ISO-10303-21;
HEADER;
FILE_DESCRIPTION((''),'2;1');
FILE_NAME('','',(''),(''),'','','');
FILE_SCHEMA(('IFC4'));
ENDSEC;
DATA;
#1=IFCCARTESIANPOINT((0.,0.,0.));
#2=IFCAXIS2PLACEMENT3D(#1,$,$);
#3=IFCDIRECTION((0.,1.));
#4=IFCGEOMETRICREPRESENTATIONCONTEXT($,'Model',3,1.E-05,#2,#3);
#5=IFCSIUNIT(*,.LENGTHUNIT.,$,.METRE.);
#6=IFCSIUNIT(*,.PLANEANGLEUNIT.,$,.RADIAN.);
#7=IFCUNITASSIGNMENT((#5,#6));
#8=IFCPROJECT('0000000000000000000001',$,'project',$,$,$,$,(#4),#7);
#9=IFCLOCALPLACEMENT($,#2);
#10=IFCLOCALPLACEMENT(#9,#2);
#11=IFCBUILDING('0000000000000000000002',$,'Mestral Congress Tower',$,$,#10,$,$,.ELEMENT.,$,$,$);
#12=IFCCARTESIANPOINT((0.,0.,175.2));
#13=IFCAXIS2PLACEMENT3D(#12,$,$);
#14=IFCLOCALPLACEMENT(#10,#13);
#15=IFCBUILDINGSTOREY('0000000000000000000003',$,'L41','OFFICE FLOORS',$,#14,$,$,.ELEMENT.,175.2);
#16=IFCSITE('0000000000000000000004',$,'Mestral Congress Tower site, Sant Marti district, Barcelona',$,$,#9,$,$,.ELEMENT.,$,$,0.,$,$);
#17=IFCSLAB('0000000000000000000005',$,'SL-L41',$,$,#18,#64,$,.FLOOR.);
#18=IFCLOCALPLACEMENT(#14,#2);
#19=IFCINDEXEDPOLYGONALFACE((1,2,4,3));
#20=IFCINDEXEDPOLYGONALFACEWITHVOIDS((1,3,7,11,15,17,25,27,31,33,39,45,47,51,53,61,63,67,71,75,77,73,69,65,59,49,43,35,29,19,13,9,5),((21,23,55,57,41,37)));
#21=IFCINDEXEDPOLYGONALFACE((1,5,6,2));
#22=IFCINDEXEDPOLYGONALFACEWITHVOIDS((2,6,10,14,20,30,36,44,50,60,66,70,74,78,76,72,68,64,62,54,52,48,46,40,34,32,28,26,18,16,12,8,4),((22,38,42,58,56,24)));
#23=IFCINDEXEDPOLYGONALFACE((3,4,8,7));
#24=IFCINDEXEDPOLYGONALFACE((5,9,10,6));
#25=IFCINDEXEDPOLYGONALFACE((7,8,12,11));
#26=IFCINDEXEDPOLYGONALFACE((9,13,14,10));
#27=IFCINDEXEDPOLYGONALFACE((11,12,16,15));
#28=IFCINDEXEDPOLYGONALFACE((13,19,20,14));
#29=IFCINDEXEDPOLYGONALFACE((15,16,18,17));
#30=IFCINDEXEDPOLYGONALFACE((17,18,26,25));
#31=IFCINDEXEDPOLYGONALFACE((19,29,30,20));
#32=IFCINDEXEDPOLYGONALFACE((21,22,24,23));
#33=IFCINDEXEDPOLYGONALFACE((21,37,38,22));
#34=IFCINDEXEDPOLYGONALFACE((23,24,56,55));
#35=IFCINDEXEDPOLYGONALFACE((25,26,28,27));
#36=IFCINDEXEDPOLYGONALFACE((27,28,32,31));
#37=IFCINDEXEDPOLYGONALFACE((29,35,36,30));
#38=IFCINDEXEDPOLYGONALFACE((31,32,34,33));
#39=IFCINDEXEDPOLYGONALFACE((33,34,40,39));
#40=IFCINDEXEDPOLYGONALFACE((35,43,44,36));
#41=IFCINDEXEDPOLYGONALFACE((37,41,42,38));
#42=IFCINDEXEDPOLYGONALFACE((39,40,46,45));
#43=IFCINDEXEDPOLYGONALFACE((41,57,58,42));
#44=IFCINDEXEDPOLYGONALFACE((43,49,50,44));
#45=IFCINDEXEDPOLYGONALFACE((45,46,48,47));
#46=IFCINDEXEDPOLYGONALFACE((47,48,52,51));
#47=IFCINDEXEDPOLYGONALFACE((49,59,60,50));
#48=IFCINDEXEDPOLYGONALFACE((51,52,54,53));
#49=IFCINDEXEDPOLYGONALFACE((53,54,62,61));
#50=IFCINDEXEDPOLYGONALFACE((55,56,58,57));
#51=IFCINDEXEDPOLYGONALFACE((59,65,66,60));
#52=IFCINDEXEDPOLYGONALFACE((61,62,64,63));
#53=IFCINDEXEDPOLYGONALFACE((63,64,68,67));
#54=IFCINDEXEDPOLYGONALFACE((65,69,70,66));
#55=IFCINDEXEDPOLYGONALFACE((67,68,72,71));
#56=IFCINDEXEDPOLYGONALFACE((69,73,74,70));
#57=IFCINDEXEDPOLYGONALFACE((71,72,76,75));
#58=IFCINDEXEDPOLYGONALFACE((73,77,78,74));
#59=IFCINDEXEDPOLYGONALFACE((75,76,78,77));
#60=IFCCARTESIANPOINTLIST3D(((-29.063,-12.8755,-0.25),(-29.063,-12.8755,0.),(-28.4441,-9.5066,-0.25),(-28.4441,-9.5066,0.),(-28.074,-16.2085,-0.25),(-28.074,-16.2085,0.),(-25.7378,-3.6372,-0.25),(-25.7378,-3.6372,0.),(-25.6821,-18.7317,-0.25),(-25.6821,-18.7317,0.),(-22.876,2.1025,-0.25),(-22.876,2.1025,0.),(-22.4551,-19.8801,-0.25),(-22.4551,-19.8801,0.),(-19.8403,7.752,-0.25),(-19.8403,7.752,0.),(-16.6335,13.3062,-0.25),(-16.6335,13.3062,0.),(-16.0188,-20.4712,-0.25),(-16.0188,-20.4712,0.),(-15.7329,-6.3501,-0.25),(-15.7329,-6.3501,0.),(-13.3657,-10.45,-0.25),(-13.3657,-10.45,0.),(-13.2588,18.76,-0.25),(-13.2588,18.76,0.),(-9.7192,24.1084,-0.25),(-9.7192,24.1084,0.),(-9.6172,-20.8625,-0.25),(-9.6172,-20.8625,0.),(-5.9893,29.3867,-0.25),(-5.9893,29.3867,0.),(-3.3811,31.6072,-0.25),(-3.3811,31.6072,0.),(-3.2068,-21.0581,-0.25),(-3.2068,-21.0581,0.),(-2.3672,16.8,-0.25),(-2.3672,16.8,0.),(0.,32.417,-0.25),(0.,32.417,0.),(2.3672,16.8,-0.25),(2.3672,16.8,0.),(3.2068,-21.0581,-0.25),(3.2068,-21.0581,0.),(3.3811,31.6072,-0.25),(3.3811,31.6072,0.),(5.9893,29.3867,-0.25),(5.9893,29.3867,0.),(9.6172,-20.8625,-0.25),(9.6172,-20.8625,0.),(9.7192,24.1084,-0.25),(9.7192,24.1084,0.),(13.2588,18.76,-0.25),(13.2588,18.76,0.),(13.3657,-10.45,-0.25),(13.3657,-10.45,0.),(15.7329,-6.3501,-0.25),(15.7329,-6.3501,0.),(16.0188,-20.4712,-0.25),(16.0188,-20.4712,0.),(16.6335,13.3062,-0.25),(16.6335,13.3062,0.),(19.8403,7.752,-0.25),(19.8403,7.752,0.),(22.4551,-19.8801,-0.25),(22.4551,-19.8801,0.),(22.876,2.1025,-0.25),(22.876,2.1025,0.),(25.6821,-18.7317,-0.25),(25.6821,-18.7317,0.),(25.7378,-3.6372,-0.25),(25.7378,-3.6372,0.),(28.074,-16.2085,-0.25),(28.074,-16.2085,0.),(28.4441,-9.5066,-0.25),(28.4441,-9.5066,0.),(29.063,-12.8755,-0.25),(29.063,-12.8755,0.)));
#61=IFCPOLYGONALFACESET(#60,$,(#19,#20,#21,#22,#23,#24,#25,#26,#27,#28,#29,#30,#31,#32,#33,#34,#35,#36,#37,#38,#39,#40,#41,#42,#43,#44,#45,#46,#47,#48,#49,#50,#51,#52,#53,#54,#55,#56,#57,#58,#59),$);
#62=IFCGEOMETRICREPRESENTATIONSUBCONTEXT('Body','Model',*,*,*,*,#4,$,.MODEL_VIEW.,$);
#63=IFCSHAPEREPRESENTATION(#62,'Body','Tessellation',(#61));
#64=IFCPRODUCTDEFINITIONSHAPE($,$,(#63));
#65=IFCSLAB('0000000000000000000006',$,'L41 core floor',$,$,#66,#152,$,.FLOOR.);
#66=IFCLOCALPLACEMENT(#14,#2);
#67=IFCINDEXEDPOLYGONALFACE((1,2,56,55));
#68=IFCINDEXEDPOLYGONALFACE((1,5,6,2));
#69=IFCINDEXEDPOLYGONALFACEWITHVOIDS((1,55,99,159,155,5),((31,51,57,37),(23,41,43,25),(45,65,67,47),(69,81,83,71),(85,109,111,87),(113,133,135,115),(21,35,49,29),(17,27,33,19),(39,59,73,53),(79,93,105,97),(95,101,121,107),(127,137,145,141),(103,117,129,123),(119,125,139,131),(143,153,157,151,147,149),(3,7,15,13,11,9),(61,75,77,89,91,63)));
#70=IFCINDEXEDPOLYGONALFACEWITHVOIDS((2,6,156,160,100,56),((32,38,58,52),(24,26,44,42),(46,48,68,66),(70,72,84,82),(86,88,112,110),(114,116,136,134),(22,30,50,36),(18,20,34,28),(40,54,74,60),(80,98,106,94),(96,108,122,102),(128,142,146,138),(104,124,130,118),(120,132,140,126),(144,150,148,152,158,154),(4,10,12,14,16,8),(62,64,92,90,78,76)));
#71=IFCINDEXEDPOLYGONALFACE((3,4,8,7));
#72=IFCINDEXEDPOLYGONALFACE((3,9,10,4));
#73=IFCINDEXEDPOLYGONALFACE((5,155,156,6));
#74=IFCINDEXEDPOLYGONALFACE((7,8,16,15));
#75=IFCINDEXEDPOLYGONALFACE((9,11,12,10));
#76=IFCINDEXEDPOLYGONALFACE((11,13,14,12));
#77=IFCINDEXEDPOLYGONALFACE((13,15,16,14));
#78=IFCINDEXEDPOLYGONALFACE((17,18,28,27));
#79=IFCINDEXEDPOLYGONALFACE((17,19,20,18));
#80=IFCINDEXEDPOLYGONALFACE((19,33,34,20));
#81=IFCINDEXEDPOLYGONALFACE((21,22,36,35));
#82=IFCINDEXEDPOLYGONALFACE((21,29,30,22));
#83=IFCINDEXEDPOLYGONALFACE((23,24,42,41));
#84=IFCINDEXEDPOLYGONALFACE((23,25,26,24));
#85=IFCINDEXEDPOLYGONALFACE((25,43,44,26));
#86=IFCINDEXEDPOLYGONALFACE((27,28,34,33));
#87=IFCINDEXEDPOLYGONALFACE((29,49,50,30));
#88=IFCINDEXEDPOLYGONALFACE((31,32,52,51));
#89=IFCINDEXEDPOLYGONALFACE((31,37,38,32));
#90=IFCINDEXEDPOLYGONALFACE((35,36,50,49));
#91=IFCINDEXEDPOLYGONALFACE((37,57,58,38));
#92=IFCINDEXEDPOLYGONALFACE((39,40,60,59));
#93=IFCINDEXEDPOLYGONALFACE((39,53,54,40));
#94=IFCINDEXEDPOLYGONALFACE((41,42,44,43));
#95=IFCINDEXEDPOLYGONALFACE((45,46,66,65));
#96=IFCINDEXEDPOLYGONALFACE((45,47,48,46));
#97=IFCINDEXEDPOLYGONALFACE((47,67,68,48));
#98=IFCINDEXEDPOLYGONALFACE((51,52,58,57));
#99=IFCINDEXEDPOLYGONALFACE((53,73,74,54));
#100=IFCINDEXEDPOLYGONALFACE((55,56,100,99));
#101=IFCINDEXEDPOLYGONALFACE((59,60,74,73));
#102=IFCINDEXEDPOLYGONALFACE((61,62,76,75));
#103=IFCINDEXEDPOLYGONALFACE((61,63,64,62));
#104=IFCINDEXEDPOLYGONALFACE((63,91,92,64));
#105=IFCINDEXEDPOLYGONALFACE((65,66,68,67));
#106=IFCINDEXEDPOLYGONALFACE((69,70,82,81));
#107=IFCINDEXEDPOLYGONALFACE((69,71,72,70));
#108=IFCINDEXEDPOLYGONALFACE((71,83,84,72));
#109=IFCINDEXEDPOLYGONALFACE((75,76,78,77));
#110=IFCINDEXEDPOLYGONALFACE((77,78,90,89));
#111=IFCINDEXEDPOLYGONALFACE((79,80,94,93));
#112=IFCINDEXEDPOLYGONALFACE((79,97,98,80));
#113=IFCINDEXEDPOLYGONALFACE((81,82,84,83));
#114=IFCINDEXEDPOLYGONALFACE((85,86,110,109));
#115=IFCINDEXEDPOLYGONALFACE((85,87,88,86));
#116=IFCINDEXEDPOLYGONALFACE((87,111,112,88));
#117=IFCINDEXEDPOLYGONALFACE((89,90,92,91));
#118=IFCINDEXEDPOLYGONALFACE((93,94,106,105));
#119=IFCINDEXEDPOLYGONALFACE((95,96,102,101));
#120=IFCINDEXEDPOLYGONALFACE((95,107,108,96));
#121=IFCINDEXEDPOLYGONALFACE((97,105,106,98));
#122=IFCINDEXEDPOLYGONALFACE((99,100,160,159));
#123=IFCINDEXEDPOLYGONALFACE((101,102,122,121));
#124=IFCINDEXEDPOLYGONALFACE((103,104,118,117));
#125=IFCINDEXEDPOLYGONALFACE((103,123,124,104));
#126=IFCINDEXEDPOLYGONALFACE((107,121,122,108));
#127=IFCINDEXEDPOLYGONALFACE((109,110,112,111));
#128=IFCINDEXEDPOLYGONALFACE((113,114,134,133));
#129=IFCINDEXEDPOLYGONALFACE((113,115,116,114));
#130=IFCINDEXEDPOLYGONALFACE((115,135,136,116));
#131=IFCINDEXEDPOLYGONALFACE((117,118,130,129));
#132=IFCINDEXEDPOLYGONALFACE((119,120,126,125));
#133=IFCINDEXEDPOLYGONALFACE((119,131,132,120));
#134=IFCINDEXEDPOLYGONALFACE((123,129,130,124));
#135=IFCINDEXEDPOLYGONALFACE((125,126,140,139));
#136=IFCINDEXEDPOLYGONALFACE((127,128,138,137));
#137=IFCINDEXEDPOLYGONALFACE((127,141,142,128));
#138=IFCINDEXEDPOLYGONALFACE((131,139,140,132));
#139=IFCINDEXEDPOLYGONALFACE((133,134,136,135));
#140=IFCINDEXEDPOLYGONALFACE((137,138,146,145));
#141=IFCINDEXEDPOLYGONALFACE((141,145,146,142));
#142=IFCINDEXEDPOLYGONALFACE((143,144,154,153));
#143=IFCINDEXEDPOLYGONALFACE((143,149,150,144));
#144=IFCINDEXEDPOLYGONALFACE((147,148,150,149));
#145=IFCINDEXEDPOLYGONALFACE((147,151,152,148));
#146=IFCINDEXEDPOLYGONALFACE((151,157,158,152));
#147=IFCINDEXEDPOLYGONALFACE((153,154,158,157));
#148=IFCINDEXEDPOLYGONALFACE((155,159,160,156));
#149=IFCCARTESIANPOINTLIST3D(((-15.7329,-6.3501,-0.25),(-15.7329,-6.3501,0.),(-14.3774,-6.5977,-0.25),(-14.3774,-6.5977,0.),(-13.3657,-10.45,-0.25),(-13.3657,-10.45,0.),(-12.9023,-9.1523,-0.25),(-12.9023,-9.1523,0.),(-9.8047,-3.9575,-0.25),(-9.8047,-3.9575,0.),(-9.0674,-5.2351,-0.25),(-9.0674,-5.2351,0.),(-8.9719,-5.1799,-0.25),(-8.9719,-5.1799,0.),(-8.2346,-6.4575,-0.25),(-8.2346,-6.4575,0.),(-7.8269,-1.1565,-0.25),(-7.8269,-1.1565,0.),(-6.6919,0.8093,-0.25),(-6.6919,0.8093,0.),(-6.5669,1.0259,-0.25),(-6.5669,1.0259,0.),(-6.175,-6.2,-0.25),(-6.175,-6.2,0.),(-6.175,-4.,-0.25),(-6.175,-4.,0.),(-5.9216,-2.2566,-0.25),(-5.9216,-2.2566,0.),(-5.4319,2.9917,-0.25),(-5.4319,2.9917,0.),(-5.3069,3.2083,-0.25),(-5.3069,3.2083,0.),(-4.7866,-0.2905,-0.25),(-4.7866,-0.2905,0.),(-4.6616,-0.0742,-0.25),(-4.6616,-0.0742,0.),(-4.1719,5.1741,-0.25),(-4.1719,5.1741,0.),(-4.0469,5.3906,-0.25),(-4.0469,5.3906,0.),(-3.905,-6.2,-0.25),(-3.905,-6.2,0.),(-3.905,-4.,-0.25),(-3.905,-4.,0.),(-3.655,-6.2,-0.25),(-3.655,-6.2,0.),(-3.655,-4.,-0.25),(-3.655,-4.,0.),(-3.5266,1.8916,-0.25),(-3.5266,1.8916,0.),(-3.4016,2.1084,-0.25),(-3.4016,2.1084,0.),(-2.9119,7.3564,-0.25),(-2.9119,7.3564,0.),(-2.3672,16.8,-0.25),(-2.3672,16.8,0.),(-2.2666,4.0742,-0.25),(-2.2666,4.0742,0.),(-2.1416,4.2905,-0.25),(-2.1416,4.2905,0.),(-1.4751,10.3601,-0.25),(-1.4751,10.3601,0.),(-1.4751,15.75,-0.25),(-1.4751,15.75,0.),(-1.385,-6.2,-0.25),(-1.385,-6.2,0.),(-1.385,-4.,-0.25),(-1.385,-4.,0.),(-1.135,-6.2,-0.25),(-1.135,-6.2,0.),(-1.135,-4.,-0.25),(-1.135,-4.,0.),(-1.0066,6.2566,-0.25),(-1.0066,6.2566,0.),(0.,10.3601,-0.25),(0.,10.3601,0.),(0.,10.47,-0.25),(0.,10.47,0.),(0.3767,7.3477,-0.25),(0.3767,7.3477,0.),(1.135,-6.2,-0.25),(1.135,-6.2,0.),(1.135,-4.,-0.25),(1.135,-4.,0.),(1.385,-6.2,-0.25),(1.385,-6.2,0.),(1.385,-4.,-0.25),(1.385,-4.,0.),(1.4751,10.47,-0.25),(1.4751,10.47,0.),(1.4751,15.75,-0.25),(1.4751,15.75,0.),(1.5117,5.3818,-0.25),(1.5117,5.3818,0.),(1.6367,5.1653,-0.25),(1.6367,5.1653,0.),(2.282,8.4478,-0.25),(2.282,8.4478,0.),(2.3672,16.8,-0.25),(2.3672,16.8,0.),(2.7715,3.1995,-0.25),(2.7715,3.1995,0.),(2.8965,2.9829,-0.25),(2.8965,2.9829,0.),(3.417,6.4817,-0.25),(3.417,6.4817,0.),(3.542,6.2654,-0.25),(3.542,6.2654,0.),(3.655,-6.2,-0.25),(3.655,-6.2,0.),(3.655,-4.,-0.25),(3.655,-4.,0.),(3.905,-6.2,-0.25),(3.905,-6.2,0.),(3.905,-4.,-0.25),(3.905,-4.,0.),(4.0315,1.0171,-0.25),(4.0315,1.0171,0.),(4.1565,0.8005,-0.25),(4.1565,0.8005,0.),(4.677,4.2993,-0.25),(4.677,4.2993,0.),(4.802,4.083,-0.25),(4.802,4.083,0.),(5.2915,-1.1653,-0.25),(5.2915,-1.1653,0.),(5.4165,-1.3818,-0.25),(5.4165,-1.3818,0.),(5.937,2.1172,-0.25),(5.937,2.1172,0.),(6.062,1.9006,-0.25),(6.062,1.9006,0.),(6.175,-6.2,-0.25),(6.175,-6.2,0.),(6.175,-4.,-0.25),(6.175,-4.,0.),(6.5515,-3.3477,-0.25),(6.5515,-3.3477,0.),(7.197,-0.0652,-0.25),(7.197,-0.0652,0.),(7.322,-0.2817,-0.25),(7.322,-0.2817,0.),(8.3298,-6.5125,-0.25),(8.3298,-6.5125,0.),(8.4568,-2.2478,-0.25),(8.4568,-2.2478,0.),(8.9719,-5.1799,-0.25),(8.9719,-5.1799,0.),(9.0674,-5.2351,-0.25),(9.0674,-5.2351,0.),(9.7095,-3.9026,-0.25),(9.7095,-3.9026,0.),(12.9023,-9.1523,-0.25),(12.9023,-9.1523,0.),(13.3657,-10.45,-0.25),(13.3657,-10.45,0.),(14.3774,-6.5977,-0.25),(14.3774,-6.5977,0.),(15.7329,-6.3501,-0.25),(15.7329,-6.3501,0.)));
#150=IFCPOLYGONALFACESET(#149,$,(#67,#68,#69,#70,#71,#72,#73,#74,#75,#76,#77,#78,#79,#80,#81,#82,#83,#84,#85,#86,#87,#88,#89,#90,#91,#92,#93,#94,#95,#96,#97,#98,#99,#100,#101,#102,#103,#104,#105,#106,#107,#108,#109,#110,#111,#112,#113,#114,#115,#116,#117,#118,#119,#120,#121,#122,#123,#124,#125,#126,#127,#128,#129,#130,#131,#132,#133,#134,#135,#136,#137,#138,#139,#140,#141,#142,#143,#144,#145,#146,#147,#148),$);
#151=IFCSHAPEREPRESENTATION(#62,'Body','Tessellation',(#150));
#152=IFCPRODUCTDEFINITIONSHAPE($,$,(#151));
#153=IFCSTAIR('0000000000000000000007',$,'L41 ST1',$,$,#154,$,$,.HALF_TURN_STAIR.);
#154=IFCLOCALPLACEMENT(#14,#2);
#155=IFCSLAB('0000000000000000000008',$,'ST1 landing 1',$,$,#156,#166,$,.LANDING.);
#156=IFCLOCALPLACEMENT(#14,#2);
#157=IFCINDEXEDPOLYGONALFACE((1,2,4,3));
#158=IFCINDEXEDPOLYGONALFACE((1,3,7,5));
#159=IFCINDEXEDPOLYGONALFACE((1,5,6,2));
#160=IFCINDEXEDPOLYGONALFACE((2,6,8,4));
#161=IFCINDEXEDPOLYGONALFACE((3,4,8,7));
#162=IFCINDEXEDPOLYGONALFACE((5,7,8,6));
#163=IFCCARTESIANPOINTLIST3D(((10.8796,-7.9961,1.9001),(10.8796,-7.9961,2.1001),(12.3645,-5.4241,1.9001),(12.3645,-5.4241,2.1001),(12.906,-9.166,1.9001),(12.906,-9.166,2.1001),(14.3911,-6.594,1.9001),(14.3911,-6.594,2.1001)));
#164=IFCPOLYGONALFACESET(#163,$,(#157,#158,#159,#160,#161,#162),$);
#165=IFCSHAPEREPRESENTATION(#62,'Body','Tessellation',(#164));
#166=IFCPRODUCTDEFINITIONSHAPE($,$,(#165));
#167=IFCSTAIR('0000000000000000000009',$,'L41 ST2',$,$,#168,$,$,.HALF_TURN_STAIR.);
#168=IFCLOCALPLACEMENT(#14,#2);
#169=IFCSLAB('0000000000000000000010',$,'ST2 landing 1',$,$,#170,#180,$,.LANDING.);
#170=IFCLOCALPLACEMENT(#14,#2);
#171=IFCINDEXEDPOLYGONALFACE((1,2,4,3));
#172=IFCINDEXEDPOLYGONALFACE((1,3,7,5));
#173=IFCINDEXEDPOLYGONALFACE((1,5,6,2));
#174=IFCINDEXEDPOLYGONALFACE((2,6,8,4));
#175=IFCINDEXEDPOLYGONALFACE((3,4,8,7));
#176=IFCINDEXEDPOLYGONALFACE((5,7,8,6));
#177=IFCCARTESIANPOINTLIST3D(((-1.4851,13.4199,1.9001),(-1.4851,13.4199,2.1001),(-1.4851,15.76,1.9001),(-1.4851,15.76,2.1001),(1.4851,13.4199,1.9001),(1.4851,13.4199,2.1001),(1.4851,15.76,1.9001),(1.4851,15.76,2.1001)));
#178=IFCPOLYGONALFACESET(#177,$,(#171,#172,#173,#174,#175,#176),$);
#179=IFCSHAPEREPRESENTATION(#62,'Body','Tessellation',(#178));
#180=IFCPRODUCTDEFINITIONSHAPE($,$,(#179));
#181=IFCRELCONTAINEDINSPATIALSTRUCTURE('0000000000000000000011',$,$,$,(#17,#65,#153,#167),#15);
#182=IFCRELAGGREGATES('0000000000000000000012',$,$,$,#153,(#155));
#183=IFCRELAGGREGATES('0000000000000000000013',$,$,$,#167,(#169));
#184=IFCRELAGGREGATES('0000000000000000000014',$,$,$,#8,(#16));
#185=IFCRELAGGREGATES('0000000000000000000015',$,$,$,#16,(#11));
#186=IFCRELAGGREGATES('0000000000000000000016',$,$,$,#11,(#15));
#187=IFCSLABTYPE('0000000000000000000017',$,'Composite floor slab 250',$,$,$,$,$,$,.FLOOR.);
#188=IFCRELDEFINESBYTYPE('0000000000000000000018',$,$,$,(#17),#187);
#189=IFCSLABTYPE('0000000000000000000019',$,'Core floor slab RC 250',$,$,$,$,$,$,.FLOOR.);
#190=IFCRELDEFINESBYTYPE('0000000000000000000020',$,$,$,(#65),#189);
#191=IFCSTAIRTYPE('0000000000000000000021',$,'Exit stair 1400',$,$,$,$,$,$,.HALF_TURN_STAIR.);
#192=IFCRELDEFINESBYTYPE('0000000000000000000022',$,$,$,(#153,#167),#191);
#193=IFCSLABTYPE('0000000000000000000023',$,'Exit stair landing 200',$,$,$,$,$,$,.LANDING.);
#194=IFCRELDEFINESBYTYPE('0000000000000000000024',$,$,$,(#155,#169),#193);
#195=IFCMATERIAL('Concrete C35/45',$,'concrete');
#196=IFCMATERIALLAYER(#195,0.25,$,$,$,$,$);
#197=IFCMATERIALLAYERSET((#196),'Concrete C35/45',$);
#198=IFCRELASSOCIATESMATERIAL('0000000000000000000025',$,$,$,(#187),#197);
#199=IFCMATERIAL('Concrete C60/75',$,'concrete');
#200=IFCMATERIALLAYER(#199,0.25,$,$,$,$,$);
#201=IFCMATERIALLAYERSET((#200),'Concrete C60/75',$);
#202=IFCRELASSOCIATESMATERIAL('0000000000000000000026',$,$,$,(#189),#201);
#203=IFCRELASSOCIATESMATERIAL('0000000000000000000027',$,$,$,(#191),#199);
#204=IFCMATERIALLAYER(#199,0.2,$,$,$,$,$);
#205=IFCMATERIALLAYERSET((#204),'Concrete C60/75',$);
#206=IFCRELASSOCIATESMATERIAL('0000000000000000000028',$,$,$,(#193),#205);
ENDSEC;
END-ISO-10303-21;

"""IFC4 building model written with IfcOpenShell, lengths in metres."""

from ifc_helpers import new_model, si_unit, direction, frame, origin, place, context, subcontext, project, spatial, polyline, outline, extrude, material, layer, layer_set, type_object, element, aggregate, save


model = new_model("IFC4")

# Units and contexts
model_context = context("Model", 3, precision=1e-05, world=origin(), true_north=direction((0.0, 1.0)))
body_context = subcontext(model_context, "Body", "Model", "MODEL_VIEW")
ifc_project = project(units=[si_unit("LENGTHUNIT", "METRE"), si_unit("PLANEANGLEUNIT", "RADIAN")], contexts=[model_context])

# Site, building, storey
site_placement = place(None, origin())
site = spatial("IfcSite", under=ifc_project, at=site_placement, Name="Mestral Congress Tower site, Sant Marti district, Barcelona", CompositionType="ELEMENT", RefElevation=0.0)
building_placement = place(site_placement, origin())
building = spatial("IfcBuilding", under=site, at=building_placement, Name="Mestral Congress Tower", CompositionType="ELEMENT")
storey_placement = place(building_placement, frame((0.0, 0.0, 175.2)))
storey = spatial("IfcBuildingStorey", under=building, at=storey_placement, Name="L41", Description="OFFICE FLOORS", CompositionType="ELEMENT", Elevation=175.2)

# Slabs
ifc_material_1 = material(Name="Concrete C35/45", Category="concrete")
ifc_layer_1 = layer(ifc_material_1, 0.25)
ifc_layer_set_1 = layer_set([ifc_layer_1], Name="Concrete C35/45")
slab_type_1 = type_object("IfcSlabType", Name="Composite floor slab 250", PredefinedType="FLOOR", material=ifc_layer_set_1)
placement_1 = place(storey_placement, frame((0.0, 0.0, -0.25)))
element("IfcSlab", 1, at=placement_1, inside=storey, type_object=slab_type_1, Name="SL-L41", PredefinedType="FLOOR", context=body_context, shape_type="SweptSolid", body=[
    extrude(outline(polyline([(-22.4551, -19.8801), (-25.6821, -18.7317), (-28.074, -16.2085), (-29.063, -12.8755), (-28.4441, -9.5066), (-25.7378, -3.6372), (-22.876, 2.1025), (-19.8403, 7.752), (-16.6335, 13.3062), (-13.2588, 18.76), (-9.7192, 24.1084), (-5.9893, 29.3867), (-3.3811, 31.6072), (0.0, 32.417), (3.3811, 31.6072), (5.9893, 29.3867), (9.7192, 24.1084), (13.2588, 18.76), (16.6335, 13.3062), (19.8403, 7.752), (22.876, 2.1025), (25.7378, -3.6372), (28.4441, -9.5066), (29.063, -12.8755), (28.074, -16.2085), (25.6821, -18.7317), (22.4551, -19.8801), (16.0188, -20.4712), (9.6172, -20.8625), (3.2068, -21.0581), (-3.2068, -21.0581), (-9.6172, -20.8625), (-16.0188, -20.4712), (-22.4551, -19.8801)]), holes=[polyline([(-2.3672, 16.8), (-15.7329, -6.3501), (-13.3657, -10.45), (13.3657, -10.45), (15.7329, -6.3501), (2.3672, 16.8), (-2.3672, 16.8)])]), origin(), (0.0, 0.0, 1.0), 0.25),
])
ifc_material_2 = material(Name="Concrete C60/75", Category="concrete")
ifc_layer_2 = layer(ifc_material_2, 0.25)
ifc_layer_set_2 = layer_set([ifc_layer_2], Name="Concrete C60/75")
slab_type_2 = type_object("IfcSlabType", Name="Core floor slab RC 250", PredefinedType="FLOOR", material=ifc_layer_set_2)
element("IfcSlab", 2, at=placement_1, inside=storey, type_object=slab_type_2, Name="L41 core floor", PredefinedType="FLOOR", context=body_context, shape_type="SweptSolid", body=[
    extrude(outline(polyline([(13.3657, -10.45), (-13.3657, -10.45), (-15.7329, -6.3501), (-2.3672, 16.8), (2.3672, 16.8), (15.7329, -6.3501), (13.3657, -10.45)]), holes=[polyline([(-9.8047, -3.9575), (-14.3774, -6.5977), (-12.9023, -9.1523), (-8.2346, -6.4575), (-8.9719, -5.1799), (-9.0674, -5.2351), (-9.8047, -3.9575)]), polyline([(-3.905, -4.0), (-6.175, -4.0), (-6.175, -6.2), (-3.905, -6.2), (-3.905, -4.0)]), polyline([(-1.385, -4.0), (-3.655, -4.0), (-3.655, -6.2), (-1.385, -6.2), (-1.385, -4.0)]), polyline([(1.135, -4.0), (-1.135, -4.0), (-1.135, -6.2), (1.135, -6.2), (1.135, -4.0)]), polyline([(-5.9216, -2.2566), (-4.7866, -0.2905), (-6.6919, 0.8093), (-7.8269, -1.1565), (-5.9216, -2.2566)]), polyline([(-4.6616, -0.0742), (-3.5266, 1.8916), (-5.4319, 2.9917), (-6.5669, 1.0259), (-4.6616, -0.0742)]), polyline([(-3.4016, 2.1084), (-2.2666, 4.0742), (-4.1719, 5.1741), (-5.3069, 3.2083), (-3.4016, 2.1084)]), polyline([(-2.1416, 4.2905), (-1.0066, 6.2566), (-2.9119, 7.3564), (-4.0469, 5.3906), (-2.1416, 4.2905)]), polyline([(1.4751, 10.47), (1.4751, 15.75), (-1.4751, 15.75), (-1.4751, 10.3601), (0.0, 10.3601), (0.0, 10.47), (1.4751, 10.47)]), polyline([(8.3298, -6.5125), (12.9023, -9.1523), (14.3774, -6.5977), (9.7095, -3.9026), (8.9719, -5.1799), (9.0674, -5.2351), (8.3298, -6.5125)]), polyline([(3.655, -4.0), (1.385, -4.0), (1.385, -6.2), (3.655, -6.2), (3.655, -4.0)]), polyline([(6.175, -4.0), (3.905, -4.0), (3.905, -6.2), (6.175, -6.2), (6.175, -4.0)]), polyline([(5.4165, -1.3818), (6.5515, -3.3477), (8.4568, -2.2478), (7.322, -0.2817), (5.4165, -1.3818)]), polyline([(4.1565, 0.8005), (5.2915, -1.1653), (7.197, -0.0652), (6.062, 1.9006), (4.1565, 0.8005)]), polyline([(2.8965, 2.9829), (4.0315, 1.0171), (5.937, 2.1172), (4.802, 4.083), (2.8965, 2.9829)]), polyline([(3.542, 6.2654), (1.6367, 5.1653), (2.7715, 3.1995), (4.677, 4.2993), (3.542, 6.2654)]), polyline([(2.282, 8.4478), (0.3767, 7.3477), (1.5117, 5.3818), (3.417, 6.4817), (2.282, 8.4478)])]), origin(), (0.0, 0.0, 1.0), 0.25),
])

# Stairs, slabs
stair_type = type_object("IfcStairType", Name="Exit stair 1400", PredefinedType="HALF_TURN_STAIR", material=ifc_material_2)
placement_2 = place(storey_placement, origin())
stair_1 = element("IfcStair", 3, at=placement_2, inside=storey, type_object=stair_type, Name="L41 ST1", PredefinedType="HALF_TURN_STAIR")
ifc_layer_3 = layer(ifc_material_2, 0.2)
ifc_layer_set_3 = layer_set([ifc_layer_3], Name="Concrete C60/75")
slab_type_3 = type_object("IfcSlabType", Name="Exit stair landing 200", PredefinedType="LANDING", material=ifc_layer_set_3)
placement_3 = place(storey_placement, frame((0.0, 0.0, 1.9001)))
slab_1 = element("IfcSlab", 4, at=placement_3, type_object=slab_type_3, Name="ST1 landing 1", PredefinedType="LANDING", context=body_context, shape_type="SweptSolid", body=[
    extrude(outline(polyline([(10.8796, -7.9961), (12.3645, -5.4241), (14.3911, -6.594), (12.906, -9.166), (10.8796, -7.9961)])), origin(), (0.0, 0.0, 1.0), 0.2),
])
aggregate(stair_1, [slab_1])
stair_2 = element("IfcStair", 5, at=placement_2, inside=storey, type_object=stair_type, Name="L41 ST2", PredefinedType="HALF_TURN_STAIR")
slab_2 = element("IfcSlab", 6, at=placement_3, type_object=slab_type_3, Name="ST2 landing 1", PredefinedType="LANDING", context=body_context, shape_type="SweptSolid", body=[
    extrude(outline(polyline([(1.4851, 13.4199), (-1.4851, 13.4199), (-1.4851, 15.76), (1.4851, 15.76), (1.4851, 13.4199)])), origin(), (0.0, 0.0, 1.0), 0.2),
])
aggregate(stair_2, [slab_2])

save(model, "model.ifc")
